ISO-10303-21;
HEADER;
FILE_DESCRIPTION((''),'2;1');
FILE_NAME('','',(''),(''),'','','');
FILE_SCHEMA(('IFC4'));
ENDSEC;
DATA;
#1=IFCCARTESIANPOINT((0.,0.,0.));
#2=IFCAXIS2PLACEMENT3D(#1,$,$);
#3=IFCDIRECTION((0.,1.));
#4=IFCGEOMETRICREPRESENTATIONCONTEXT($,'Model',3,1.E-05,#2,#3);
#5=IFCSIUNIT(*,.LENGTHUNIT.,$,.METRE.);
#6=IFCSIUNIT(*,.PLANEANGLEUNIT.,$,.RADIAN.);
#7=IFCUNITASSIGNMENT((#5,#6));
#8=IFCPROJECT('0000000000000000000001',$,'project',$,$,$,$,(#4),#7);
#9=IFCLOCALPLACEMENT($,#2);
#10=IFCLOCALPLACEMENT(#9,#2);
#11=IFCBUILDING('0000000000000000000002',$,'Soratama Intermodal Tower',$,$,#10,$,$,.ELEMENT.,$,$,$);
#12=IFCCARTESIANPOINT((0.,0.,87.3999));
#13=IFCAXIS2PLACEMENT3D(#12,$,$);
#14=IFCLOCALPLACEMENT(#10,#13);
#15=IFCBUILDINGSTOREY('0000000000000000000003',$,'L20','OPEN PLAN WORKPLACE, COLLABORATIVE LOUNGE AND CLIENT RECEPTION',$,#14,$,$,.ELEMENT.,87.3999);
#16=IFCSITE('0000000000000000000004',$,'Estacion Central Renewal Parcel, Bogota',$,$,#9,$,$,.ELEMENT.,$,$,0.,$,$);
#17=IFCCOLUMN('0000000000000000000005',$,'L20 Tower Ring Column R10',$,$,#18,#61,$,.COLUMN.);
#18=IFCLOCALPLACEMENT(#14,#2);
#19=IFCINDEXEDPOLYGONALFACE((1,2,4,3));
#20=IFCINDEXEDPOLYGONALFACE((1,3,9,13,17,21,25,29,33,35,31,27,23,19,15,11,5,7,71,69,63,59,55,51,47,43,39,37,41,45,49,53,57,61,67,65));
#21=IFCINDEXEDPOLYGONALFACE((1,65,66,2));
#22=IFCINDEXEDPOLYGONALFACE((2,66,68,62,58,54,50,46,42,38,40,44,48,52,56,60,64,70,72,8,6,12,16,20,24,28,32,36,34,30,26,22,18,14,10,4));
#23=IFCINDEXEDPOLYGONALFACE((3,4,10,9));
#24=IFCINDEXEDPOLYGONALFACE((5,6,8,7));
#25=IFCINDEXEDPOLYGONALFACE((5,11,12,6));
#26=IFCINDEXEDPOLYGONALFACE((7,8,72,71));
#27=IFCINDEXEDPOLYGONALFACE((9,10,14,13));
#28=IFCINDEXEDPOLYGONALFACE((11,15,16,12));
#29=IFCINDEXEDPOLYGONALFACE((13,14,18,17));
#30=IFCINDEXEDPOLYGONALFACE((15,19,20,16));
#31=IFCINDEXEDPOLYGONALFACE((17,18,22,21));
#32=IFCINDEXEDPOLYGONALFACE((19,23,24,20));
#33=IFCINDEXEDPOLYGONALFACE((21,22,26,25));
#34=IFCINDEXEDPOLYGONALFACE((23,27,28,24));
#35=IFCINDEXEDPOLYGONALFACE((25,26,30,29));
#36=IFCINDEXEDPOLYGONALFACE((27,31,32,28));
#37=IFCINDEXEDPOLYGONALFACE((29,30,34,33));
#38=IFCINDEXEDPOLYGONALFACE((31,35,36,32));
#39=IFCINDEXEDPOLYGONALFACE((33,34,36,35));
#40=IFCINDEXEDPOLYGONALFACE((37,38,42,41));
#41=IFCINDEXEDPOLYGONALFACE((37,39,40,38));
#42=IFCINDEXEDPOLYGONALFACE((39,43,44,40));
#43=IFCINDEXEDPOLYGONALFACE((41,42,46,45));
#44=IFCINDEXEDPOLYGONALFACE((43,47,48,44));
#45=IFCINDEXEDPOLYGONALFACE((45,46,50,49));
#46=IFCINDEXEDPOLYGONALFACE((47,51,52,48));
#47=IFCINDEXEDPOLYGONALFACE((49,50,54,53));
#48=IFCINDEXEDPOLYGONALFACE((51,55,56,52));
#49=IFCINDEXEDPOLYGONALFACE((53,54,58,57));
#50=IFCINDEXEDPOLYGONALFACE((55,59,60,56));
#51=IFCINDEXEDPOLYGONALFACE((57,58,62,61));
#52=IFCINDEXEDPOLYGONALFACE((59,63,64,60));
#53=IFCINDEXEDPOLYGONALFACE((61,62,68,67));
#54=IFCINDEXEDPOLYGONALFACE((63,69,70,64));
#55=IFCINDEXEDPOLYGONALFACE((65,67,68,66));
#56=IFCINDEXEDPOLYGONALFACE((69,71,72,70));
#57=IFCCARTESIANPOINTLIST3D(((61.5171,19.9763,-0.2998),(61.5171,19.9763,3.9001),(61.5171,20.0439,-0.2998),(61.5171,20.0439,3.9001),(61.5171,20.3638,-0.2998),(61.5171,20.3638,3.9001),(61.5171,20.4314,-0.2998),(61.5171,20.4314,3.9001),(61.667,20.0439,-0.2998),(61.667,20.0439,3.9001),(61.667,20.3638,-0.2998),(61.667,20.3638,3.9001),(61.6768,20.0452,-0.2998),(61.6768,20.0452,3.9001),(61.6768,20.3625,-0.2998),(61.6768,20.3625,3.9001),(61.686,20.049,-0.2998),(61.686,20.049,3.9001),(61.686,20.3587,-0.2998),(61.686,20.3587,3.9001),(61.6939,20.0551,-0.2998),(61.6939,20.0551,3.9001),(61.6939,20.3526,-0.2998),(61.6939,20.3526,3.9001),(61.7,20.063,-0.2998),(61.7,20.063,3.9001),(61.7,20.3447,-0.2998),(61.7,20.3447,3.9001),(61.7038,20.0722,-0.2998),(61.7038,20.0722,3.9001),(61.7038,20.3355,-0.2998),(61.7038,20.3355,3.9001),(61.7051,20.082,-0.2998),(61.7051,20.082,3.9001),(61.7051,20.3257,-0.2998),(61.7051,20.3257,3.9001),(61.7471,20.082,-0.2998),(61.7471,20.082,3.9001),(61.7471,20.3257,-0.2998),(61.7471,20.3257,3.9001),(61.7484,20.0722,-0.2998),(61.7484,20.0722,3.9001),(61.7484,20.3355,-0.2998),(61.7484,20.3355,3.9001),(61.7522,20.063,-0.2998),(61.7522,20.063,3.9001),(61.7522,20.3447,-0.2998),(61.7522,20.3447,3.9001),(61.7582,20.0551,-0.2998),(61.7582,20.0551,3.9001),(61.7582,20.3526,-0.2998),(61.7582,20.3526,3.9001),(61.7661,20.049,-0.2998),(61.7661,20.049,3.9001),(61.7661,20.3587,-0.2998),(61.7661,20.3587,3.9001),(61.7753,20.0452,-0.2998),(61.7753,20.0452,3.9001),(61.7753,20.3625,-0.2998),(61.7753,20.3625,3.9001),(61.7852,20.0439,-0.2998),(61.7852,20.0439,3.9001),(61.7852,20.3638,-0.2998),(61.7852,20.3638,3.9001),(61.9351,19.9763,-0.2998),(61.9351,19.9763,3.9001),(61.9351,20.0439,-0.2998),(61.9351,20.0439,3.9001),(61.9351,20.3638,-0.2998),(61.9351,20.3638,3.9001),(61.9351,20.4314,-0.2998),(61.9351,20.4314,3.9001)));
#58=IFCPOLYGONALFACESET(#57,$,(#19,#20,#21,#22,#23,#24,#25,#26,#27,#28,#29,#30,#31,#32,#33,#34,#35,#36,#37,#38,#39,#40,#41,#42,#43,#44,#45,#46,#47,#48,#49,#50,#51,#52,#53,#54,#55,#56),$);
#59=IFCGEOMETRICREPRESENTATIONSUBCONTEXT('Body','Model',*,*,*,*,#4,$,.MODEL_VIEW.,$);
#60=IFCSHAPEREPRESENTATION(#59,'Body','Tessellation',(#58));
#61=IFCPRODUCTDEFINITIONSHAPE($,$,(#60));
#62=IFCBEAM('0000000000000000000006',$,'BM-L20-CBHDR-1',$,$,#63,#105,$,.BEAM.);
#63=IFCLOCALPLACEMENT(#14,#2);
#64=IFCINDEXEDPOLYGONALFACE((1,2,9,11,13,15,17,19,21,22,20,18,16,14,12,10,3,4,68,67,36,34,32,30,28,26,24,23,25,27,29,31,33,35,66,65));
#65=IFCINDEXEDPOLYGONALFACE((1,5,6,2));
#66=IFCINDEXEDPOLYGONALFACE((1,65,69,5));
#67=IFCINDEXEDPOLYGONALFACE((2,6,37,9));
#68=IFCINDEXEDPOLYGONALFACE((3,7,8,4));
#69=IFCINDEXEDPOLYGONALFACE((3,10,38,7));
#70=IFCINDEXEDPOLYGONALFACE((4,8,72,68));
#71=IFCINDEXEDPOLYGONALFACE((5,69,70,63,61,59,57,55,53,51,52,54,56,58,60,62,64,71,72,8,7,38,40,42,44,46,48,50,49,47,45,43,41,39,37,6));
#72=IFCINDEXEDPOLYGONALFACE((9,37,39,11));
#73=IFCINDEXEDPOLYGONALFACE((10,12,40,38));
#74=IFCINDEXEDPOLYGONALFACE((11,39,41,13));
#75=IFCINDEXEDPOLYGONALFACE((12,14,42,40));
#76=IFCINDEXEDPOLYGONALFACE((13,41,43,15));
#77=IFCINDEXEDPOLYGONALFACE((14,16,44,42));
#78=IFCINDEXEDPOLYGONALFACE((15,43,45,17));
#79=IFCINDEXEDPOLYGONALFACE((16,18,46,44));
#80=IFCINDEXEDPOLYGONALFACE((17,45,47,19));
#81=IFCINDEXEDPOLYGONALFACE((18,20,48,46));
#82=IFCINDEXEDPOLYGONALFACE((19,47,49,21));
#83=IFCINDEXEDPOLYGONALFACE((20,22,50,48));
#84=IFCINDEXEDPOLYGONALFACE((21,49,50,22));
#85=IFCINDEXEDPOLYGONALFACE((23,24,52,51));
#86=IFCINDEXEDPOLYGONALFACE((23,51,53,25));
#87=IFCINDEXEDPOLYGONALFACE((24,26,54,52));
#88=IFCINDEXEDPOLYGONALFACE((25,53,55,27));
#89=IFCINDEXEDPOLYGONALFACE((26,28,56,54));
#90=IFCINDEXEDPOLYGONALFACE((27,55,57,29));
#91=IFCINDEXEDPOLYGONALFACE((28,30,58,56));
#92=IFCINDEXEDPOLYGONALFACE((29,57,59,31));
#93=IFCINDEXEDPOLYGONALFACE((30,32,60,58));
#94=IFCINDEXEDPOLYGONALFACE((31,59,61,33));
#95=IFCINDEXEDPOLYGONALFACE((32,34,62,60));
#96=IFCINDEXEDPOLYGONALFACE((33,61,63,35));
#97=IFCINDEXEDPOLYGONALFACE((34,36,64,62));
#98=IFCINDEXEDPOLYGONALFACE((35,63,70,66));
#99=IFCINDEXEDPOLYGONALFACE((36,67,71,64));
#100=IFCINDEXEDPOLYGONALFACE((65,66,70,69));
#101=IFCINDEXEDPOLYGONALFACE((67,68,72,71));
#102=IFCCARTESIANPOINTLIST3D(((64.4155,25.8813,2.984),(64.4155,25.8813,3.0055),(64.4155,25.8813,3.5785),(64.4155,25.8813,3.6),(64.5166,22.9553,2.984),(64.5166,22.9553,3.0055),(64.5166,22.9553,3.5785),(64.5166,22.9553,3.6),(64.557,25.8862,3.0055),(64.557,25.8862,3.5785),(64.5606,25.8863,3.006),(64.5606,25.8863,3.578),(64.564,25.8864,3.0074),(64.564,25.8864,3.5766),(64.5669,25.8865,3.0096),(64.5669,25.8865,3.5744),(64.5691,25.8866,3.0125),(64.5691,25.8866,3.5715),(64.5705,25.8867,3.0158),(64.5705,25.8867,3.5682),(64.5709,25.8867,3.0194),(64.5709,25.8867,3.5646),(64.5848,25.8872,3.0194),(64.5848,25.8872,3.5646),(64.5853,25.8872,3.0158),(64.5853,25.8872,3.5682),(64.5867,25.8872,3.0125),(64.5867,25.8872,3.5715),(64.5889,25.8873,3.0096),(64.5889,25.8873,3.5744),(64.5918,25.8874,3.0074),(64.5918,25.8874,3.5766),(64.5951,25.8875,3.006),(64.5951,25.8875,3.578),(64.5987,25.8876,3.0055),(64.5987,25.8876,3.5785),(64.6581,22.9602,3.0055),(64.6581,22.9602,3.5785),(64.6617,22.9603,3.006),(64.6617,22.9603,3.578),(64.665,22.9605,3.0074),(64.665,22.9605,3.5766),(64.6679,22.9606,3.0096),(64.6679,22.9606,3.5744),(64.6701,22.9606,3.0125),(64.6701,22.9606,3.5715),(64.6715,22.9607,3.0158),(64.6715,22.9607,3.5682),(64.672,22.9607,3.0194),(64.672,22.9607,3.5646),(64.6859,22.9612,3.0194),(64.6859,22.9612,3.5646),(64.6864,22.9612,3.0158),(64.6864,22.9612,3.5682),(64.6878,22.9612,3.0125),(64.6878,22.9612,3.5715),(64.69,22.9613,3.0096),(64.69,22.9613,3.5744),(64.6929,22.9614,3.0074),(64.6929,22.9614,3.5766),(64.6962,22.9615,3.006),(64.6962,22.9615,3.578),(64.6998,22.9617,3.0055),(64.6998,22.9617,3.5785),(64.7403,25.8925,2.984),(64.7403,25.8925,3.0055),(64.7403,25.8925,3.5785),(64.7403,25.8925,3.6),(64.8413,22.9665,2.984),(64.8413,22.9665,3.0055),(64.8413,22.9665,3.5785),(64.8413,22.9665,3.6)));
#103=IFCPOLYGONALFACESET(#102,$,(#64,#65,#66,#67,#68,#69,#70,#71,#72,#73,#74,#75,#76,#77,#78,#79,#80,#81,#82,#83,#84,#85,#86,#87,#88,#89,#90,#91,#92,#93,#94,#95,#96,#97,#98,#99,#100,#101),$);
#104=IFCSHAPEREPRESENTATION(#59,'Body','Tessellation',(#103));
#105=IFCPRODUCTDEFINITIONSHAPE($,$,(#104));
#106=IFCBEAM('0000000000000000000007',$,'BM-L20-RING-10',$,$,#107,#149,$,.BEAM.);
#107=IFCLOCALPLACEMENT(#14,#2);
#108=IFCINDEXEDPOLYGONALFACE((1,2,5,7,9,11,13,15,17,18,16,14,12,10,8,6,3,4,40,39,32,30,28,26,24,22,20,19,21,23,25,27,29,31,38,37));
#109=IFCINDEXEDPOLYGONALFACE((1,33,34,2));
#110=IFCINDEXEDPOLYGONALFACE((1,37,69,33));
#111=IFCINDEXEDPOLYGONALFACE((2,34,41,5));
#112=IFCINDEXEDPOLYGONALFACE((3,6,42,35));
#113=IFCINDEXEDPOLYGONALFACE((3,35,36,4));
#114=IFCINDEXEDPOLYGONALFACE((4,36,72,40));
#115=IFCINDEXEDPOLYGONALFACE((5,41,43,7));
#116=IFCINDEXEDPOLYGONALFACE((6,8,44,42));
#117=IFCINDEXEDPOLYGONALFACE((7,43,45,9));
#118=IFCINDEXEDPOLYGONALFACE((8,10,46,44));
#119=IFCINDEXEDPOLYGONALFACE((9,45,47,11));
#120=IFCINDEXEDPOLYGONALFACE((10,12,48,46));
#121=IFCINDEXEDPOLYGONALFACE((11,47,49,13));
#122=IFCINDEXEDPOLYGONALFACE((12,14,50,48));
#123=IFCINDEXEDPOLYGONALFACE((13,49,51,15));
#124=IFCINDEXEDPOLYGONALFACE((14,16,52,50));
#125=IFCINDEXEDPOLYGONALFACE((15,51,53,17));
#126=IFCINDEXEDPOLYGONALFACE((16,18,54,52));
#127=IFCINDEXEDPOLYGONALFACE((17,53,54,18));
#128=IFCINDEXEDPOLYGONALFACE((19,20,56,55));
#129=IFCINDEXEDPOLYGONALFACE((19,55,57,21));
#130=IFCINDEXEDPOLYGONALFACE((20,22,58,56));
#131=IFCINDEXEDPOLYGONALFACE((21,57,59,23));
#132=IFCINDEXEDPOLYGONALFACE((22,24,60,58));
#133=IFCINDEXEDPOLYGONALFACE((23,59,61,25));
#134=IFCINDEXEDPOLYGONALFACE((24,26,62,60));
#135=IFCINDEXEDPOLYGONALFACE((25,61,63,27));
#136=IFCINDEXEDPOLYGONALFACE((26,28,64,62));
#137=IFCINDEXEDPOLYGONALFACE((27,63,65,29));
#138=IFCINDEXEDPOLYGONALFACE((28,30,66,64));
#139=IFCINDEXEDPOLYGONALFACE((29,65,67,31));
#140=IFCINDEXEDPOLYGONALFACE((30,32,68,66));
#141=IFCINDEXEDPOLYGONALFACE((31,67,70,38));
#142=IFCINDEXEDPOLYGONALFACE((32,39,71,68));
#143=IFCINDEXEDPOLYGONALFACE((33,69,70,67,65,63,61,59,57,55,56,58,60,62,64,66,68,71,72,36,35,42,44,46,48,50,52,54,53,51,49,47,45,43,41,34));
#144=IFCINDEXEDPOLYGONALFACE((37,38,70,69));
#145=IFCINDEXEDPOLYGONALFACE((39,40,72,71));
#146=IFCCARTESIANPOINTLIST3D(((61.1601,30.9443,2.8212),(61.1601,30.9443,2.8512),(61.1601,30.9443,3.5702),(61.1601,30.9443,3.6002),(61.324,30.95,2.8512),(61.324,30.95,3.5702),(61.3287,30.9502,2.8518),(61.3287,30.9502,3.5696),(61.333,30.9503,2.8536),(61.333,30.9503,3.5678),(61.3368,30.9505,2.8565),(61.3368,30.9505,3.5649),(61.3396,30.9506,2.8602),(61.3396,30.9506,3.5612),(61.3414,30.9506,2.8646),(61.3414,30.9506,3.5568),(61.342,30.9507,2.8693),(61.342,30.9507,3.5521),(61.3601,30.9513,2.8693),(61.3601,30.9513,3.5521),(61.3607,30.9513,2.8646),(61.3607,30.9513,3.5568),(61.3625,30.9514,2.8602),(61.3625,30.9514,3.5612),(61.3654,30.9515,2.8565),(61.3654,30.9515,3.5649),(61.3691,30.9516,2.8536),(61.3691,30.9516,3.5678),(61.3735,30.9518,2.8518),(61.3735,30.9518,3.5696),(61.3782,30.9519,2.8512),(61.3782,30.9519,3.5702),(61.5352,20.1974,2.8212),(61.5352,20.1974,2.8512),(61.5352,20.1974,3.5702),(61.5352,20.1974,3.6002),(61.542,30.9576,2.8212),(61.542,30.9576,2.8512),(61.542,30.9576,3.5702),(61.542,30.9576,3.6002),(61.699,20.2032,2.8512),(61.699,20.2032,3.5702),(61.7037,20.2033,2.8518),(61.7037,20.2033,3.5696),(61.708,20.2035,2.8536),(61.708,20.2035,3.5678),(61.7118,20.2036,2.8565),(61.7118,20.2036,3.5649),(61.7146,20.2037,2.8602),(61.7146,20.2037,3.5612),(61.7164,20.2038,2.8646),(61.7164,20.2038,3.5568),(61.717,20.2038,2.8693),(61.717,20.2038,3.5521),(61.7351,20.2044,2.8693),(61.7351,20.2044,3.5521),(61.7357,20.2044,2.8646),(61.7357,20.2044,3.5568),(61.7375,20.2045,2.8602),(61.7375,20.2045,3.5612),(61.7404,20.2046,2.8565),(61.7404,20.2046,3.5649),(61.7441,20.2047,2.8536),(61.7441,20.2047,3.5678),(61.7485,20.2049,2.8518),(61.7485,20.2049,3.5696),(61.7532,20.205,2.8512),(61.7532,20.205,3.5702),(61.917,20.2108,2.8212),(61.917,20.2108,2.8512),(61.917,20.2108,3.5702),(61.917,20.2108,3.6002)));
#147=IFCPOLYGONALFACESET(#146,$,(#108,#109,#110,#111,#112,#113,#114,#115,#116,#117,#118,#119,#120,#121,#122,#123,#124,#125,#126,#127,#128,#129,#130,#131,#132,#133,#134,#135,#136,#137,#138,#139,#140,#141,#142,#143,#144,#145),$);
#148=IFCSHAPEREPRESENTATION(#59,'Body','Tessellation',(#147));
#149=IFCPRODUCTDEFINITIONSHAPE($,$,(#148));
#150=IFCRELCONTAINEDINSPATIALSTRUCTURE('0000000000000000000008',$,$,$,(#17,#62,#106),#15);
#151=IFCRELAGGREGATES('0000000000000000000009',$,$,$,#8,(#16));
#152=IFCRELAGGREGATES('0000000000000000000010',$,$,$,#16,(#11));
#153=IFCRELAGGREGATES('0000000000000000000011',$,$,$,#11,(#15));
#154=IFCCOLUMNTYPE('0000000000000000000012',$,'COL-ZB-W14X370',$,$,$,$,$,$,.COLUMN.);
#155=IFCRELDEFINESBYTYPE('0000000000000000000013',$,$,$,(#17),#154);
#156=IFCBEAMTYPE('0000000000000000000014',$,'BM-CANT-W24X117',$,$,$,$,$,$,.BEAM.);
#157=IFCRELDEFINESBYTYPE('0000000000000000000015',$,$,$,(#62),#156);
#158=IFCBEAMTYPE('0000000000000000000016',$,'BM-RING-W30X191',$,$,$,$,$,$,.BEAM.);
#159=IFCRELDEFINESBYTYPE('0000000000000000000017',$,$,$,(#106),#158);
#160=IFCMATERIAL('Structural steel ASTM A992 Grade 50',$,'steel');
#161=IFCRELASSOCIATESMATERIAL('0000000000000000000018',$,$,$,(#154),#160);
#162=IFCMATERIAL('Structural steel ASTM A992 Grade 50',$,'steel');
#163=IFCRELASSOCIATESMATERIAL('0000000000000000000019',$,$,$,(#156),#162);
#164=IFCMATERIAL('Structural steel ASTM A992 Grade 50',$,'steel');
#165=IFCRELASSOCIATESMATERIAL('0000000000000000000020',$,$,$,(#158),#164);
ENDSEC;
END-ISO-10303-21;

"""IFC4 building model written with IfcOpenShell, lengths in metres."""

from ifc_helpers import new_model, si_unit, direction, frame, origin, origin_2d, place, context, subcontext, project, spatial, i_section, extrude, material, material_profile, profile_set, type_object, element, save


model = new_model("IFC4")

# Units and contexts
model_context = context("Model", 3, precision=1e-05, world=origin(), true_north=direction((0.0, 1.0)))
body_context = subcontext(model_context, "Body", "Model", "MODEL_VIEW")
ifc_project = project(units=[si_unit("LENGTHUNIT", "METRE"), si_unit("PLANEANGLEUNIT", "RADIAN")], contexts=[model_context])

# Site, building, storey
site_placement = place(None, origin())
site = spatial("IfcSite", under=ifc_project, at=site_placement, Name="Estacion Central Renewal Parcel, Bogota", CompositionType="ELEMENT", RefElevation=0.0)
building_placement = place(site_placement, origin())
building = spatial("IfcBuilding", under=site, at=building_placement, Name="Soratama Intermodal Tower", CompositionType="ELEMENT")
storey_placement = place(building_placement, frame((0.0, 0.0, 87.3999)))
storey = spatial("IfcBuildingStorey", under=building, at=storey_placement, Name="L20", Description="OPEN PLAN WORKPLACE, COLLABORATIVE LOUNGE AND CLIENT RECEPTION", CompositionType="ELEMENT", Elevation=87.3999)

# Column
ifc_material_1 = material(Name="Structural steel ASTM A992 Grade 50", Category="steel")
ifc_material_profile_1 = material_profile(ifc_material_1, i_section(OverallWidth=0.418, OverallDepth=0.4551, WebThickness=0.042, FlangeThickness=0.0676, FilletRadius=0.0381, at=origin_2d()), Name="W14X370")
ifc_profile_set_1 = profile_set([ifc_material_profile_1], Name="Structural steel ASTM A992 Grade 50")
column_type = type_object("IfcColumnType", Name="COL-ZB-W14X370", PredefinedType="COLUMN", material=ifc_profile_set_1)
column_placement = place(storey_placement, frame((61.7261, 20.2039, -0.2998), z_axis=(0.0, 0.0, 1.0), x_axis=(1.0, 0.0, 0.0)))
element("IfcColumn", 1, at=column_placement, inside=storey, type_object=column_type, Name="L20 Tower Ring Column R10", PredefinedType="COLUMN", context=body_context, shape_type="SweptSolid", body=[
    extrude(i_section(OverallWidth=0.418, OverallDepth=0.4551, WebThickness=0.042, FlangeThickness=0.0676, FilletRadius=0.0381, at=origin_2d()), origin(), (0.0, 0.0, 1.0), 4.2),
])

# Beams
ifc_material_2 = material(Name="Structural steel ASTM A992 Grade 50", Category="steel")
ifc_material_profile_2 = material_profile(ifc_material_2, i_section(OverallWidth=0.325, OverallDepth=0.616, WebThickness=0.0139, FlangeThickness=0.0215, FilletRadius=0.0139, at=origin_2d()), Name="W24X117")
ifc_profile_set_2 = profile_set([ifc_material_profile_2], Name="Structural steel ASTM A992 Grade 50")
beam_type_1 = type_object("IfcBeamType", Name="BM-CANT-W24X117", PredefinedType="BEAM", material=ifc_profile_set_2)
beam_1_placement = place(storey_placement, frame((64.679, 22.9609, 3.292), z_axis=(-0.034523, 0.999404, 0.0), x_axis=(-0.999404, -0.034523, 0.0)))
element("IfcBeam", 2, at=beam_1_placement, inside=storey, type_object=beam_type_1, Name="BM-L20-CBHDR-1", PredefinedType="BEAM", context=body_context, shape_type="SweptSolid", body=[
    extrude(i_section(OverallWidth=0.325, OverallDepth=0.616, WebThickness=0.0139, FlangeThickness=0.0215, FilletRadius=0.0139, at=origin_2d()), origin(), (0.0, 0.0, 1.0), 2.9277),
])
ifc_material_3 = material(Name="Structural steel ASTM A992 Grade 50", Category="steel")
ifc_material_profile_3 = material_profile(ifc_material_3, i_section(OverallWidth=0.3821, OverallDepth=0.7791, WebThickness=0.0181, FlangeThickness=0.03, FilletRadius=0.0181, at=origin_2d()), Name="W30X191")
ifc_profile_set_3 = profile_set([ifc_material_profile_3], Name="Structural steel ASTM A992 Grade 50")
beam_type_2 = type_object("IfcBeamType", Name="BM-RING-W30X191", PredefinedType="BEAM", material=ifc_profile_set_3)
beam_2_placement = place(storey_placement, frame((61.7261, 20.2041, 3.2107), z_axis=(-0.034873, 0.999392, 0.0), x_axis=(-0.999392, -0.034873, 0.0)))
element("IfcBeam", 3, at=beam_2_placement, inside=storey, type_object=beam_type_2, Name="BM-L20-RING-10", PredefinedType="BEAM", context=body_context, shape_type="SweptSolid", body=[
    extrude(i_section(OverallWidth=0.3821, OverallDepth=0.7791, WebThickness=0.0181, FlangeThickness=0.03, FilletRadius=0.0181, at=origin_2d()), origin(), (0.0, 0.0, 1.0), 10.7534),
])

save(model, "model.ifc")
